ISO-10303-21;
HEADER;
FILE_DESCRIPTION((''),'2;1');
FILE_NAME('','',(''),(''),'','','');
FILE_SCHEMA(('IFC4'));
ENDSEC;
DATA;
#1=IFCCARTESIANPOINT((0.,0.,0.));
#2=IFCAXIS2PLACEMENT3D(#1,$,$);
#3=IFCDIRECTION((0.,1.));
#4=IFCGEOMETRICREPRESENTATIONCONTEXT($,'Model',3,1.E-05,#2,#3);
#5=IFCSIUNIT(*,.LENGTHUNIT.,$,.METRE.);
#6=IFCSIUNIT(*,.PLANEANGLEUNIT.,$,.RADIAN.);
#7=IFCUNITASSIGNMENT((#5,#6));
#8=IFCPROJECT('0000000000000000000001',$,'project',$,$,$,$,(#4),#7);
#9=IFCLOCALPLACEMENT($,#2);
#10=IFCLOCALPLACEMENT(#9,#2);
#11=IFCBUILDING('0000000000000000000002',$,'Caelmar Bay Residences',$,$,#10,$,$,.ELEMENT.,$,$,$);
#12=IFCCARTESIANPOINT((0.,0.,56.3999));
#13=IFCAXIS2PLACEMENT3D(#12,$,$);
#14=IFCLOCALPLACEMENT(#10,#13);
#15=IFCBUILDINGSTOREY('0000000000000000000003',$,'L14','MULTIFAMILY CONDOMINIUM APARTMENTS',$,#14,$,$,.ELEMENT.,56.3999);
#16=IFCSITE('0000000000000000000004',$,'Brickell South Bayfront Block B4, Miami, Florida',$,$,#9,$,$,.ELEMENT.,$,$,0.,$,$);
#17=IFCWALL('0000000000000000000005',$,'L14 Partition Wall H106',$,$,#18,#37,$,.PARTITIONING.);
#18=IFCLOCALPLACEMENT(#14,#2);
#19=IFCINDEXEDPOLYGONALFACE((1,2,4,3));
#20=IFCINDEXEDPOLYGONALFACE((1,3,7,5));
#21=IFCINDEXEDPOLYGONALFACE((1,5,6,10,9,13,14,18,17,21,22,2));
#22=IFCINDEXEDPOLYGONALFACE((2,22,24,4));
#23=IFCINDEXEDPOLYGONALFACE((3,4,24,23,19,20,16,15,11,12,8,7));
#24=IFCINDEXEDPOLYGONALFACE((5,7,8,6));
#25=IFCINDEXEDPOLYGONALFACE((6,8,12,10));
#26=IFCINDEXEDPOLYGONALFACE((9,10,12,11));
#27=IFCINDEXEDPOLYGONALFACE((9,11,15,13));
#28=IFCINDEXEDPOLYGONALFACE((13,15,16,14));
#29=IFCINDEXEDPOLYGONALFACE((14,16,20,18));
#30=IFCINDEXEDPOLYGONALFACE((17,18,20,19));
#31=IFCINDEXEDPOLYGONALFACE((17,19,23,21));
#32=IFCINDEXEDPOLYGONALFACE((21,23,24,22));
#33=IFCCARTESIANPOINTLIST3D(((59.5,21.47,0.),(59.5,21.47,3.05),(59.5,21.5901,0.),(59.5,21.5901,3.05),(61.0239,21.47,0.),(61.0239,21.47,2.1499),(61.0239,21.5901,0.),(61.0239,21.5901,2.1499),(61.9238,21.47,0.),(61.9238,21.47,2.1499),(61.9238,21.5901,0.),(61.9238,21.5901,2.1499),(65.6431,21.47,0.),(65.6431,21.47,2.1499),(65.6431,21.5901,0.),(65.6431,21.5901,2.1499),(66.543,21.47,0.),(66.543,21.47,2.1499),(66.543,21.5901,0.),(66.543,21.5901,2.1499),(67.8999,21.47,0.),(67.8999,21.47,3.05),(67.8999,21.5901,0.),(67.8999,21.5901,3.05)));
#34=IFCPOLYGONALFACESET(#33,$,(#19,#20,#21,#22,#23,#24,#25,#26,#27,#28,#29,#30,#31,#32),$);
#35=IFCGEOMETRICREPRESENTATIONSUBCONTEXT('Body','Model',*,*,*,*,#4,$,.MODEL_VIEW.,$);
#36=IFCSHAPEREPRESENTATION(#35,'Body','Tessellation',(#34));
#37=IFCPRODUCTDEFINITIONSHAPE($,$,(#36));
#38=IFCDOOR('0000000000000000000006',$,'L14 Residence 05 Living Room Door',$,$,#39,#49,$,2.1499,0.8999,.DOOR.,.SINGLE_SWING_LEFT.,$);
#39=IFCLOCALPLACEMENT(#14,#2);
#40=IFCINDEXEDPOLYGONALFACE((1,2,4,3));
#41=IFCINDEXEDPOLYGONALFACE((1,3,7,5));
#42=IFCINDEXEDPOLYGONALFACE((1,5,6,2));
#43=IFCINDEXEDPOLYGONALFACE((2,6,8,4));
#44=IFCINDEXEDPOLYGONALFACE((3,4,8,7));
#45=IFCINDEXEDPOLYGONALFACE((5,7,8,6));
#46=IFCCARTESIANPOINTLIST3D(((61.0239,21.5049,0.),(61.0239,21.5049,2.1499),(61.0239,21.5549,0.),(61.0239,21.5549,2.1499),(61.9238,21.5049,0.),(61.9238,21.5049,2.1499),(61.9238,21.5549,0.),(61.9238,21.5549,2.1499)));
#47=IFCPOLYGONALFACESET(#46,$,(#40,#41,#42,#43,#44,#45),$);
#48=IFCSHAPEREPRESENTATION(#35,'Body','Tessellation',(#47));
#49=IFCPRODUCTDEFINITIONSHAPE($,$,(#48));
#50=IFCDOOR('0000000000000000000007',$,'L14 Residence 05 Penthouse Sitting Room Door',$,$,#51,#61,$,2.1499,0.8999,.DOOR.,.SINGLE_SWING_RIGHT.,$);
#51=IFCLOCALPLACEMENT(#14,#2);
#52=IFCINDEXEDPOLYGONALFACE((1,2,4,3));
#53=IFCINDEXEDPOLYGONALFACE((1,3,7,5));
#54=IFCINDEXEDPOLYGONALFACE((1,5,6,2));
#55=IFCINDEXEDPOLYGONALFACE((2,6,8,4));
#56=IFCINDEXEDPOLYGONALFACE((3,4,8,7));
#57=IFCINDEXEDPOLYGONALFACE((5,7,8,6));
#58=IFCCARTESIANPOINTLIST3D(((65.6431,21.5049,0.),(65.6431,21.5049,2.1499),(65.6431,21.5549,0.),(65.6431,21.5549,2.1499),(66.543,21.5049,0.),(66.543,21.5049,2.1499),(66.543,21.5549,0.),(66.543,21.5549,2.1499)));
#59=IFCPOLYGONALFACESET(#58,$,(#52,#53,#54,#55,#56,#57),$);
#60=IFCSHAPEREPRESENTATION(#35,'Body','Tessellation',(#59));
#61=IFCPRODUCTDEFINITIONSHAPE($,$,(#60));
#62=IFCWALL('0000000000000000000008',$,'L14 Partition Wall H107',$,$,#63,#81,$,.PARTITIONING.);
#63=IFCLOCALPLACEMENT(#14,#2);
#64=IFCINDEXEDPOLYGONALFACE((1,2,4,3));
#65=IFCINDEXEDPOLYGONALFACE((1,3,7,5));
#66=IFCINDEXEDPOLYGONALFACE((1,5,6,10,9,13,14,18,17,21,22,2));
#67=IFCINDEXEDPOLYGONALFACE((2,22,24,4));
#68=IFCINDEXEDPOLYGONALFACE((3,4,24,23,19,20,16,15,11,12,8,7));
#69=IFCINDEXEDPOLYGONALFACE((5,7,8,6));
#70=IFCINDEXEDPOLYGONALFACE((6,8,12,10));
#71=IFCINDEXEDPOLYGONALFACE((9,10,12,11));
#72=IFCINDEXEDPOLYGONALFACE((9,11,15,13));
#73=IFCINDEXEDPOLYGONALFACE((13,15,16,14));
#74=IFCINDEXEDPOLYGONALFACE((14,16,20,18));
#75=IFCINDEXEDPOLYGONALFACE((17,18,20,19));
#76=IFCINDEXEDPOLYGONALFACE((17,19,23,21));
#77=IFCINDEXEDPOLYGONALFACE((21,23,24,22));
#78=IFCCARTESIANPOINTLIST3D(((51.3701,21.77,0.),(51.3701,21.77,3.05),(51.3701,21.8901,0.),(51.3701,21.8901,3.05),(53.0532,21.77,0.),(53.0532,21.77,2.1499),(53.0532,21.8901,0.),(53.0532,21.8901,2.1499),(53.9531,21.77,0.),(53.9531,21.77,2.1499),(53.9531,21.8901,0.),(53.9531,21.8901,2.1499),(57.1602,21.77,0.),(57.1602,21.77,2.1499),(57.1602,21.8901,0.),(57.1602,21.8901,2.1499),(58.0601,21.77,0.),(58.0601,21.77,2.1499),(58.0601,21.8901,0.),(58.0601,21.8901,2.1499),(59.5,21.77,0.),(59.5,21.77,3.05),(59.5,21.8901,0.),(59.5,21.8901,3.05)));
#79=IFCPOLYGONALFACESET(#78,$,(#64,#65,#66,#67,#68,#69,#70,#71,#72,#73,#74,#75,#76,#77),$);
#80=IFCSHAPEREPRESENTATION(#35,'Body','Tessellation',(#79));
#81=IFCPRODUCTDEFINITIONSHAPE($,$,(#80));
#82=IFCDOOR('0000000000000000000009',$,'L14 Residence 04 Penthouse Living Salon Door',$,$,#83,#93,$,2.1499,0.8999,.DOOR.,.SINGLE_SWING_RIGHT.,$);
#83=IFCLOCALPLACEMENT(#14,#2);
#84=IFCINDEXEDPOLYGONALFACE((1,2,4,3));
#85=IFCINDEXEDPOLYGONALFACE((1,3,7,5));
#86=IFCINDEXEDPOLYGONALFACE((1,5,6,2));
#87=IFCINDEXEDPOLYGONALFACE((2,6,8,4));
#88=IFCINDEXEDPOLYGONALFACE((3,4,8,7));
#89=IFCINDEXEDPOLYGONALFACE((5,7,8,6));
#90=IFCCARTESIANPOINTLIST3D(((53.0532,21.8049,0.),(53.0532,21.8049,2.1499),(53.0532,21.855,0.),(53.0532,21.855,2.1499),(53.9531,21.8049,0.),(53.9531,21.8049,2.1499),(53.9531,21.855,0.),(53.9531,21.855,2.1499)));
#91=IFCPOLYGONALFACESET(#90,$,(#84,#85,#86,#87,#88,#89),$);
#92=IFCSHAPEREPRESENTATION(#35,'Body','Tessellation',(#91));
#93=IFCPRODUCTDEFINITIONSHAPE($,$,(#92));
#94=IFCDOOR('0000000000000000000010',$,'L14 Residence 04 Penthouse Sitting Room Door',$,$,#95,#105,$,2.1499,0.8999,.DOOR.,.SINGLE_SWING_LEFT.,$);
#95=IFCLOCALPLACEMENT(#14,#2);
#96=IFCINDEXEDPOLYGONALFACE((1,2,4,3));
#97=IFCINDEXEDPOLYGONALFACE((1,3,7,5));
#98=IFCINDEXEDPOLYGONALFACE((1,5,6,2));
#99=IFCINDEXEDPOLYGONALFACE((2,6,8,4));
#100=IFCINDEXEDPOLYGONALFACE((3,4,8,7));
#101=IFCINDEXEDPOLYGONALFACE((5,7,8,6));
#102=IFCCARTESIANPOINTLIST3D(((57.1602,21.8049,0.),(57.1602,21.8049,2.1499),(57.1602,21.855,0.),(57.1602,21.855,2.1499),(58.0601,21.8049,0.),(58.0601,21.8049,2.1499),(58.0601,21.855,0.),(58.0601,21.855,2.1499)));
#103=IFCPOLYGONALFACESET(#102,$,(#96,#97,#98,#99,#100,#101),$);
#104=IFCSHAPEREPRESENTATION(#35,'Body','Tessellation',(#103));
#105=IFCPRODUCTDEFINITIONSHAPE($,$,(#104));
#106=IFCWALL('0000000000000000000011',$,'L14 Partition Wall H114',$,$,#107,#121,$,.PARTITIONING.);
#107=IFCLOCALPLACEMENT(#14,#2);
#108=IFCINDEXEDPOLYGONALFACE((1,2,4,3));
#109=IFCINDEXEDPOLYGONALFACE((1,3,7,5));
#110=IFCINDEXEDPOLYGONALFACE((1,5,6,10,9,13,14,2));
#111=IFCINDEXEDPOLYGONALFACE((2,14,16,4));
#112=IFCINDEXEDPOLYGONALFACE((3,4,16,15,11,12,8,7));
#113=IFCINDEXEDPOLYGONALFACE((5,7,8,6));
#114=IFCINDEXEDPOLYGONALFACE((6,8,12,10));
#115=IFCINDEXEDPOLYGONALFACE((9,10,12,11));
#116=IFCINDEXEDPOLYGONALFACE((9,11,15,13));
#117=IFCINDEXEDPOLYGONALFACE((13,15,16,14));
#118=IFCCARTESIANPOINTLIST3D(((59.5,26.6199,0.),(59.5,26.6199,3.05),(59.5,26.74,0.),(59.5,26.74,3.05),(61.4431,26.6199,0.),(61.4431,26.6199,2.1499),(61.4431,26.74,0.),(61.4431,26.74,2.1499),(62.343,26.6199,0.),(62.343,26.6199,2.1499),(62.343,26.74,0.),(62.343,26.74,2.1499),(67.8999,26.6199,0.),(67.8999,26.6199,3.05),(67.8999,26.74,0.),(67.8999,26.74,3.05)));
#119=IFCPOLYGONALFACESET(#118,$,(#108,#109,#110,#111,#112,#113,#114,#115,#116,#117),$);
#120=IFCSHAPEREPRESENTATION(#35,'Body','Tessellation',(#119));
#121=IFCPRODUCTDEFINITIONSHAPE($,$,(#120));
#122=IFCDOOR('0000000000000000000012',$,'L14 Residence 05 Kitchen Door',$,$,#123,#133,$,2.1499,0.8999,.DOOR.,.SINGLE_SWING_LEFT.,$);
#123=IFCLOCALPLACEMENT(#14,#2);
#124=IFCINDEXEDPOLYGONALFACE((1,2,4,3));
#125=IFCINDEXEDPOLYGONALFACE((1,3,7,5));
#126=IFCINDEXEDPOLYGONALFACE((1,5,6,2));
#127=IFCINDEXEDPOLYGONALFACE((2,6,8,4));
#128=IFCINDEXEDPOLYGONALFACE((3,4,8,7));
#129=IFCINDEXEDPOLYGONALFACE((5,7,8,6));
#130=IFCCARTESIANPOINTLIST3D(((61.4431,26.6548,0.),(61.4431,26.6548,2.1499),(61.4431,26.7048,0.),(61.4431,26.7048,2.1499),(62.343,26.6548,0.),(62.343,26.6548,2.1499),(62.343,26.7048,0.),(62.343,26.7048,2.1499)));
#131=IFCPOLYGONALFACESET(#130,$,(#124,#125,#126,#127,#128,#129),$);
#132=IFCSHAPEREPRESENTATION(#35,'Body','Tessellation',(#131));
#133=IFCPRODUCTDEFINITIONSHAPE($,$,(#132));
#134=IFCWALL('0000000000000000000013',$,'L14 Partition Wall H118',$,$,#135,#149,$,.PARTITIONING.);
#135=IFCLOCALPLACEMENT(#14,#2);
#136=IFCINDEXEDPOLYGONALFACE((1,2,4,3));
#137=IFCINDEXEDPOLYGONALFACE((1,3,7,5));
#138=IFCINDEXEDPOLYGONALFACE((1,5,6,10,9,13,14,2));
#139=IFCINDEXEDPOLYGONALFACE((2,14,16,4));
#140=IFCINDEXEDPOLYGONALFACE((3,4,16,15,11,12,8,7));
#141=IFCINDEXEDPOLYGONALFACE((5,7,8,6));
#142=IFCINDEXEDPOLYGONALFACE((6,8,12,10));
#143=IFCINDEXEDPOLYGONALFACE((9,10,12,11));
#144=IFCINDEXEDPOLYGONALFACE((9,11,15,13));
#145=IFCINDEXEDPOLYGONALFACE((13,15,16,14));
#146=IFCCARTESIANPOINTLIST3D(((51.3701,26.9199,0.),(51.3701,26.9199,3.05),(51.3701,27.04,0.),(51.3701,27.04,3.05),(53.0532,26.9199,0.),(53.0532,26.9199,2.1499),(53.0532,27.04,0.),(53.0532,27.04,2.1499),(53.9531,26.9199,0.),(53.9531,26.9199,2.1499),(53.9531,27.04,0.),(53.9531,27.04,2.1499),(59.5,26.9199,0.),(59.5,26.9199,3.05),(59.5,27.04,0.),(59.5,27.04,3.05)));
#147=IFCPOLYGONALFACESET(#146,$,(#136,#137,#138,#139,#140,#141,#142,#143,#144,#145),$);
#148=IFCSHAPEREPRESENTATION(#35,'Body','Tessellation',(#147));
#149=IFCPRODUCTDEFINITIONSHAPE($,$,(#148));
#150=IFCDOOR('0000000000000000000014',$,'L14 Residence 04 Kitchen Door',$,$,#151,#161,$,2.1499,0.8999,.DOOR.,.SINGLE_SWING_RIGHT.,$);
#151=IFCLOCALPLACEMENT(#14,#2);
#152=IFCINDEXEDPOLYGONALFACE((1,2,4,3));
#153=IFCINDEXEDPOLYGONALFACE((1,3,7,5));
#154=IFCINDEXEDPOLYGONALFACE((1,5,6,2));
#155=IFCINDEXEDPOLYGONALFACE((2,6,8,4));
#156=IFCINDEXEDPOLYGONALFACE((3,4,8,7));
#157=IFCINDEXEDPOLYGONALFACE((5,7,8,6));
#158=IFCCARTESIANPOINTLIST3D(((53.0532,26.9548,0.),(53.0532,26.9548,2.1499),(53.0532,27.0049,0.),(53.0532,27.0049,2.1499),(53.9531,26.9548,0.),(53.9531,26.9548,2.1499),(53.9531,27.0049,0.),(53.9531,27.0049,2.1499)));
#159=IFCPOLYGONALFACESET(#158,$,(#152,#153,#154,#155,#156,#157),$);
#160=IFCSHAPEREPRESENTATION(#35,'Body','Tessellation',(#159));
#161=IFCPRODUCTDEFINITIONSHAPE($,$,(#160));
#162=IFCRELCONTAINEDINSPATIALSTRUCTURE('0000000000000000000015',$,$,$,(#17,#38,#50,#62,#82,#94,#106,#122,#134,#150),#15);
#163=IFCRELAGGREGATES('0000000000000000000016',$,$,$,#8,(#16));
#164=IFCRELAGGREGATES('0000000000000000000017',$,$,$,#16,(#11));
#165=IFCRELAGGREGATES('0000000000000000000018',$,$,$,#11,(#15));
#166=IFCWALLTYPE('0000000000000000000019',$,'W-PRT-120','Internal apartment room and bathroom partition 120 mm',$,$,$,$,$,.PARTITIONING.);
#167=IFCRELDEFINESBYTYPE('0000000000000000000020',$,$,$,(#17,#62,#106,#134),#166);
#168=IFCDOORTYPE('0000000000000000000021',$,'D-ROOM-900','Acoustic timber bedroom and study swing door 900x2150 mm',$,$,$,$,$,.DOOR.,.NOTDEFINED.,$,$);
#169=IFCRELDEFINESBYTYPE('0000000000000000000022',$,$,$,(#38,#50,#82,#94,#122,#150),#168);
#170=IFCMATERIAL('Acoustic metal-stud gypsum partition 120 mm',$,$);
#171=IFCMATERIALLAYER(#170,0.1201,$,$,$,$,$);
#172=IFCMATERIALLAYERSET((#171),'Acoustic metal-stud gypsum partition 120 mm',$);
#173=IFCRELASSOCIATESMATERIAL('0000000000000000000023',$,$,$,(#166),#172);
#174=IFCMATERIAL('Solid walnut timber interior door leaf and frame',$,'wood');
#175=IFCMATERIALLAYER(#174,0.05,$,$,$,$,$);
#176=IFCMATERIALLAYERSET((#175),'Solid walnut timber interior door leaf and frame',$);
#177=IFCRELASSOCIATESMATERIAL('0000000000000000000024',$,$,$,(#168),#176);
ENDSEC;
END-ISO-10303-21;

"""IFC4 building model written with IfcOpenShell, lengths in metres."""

from ifc_helpers import new_model, si_unit, direction, frame, frame_2d, origin, place, context, subcontext, project, spatial, rectangle, extrude, material, layer, layer_set, type_object, element, fill, save


model = new_model("IFC4")

# Units and contexts
model_context = context("Model", 3, precision=1e-05, world=origin(), true_north=direction((0.0, 1.0)))
body_context = subcontext(model_context, "Body", "Model", "MODEL_VIEW")
ifc_project = project(units=[si_unit("LENGTHUNIT", "METRE"), si_unit("PLANEANGLEUNIT", "RADIAN")], contexts=[model_context])

# Site, building, storey
site_placement = place(None, origin())
site = spatial("IfcSite", under=ifc_project, at=site_placement, Name="Brickell South Bayfront Block B4, Miami, Florida", CompositionType="ELEMENT", RefElevation=0.0)
building_placement = place(site_placement, origin())
building = spatial("IfcBuilding", under=site, at=building_placement, Name="Caelmar Bay Residences", CompositionType="ELEMENT")
storey_placement = place(building_placement, frame((0.0, 0.0, 56.3999)))
storey = spatial("IfcBuildingStorey", under=building, at=storey_placement, Name="L14", Description="MULTIFAMILY CONDOMINIUM APARTMENTS", CompositionType="ELEMENT", Elevation=56.3999)

# Shared definitions
ifc_material_1 = material(Name="Acoustic metal-stud gypsum partition 120 mm")
ifc_layer_1 = layer(ifc_material_1, 0.1201)
ifc_layer_set_1 = layer_set([ifc_layer_1], Name="Acoustic metal-stud gypsum partition 120 mm")
wall_type_1 = type_object("IfcWallType", Name="W-PRT-120", Description="Internal apartment room and bathroom partition 120 mm", PredefinedType="PARTITIONING", material=ifc_layer_set_1)

# Shared definitions
ifc_material_2 = material(Name="Solid walnut timber interior door leaf and frame", Category="wood")
ifc_layer_2 = layer(ifc_material_2, 0.05)
ifc_layer_set_2 = layer_set([ifc_layer_2], Name="Solid walnut timber interior door leaf and frame")
door_type_1 = type_object("IfcDoorType", Name="D-ROOM-900", Description="Acoustic timber bedroom and study swing door 900x2150 mm", OperationType="NOTDEFINED", PredefinedType="DOOR", material=ifc_layer_set_2)

# Walls, openings, doors
wall_1_placement = place(storey_placement, frame((59.5, 21.53, 0.0), z_axis=(0.0, 0.0, 1.0), x_axis=(1.0, 0.0, 0.0)))
wall_1 = element("IfcWall", 1, at=wall_1_placement, inside=storey, type_object=wall_type_1, Name="L14 Partition Wall H106", PredefinedType="PARTITIONING", context=body_context, shape_type="SweptSolid", body=[
    extrude(rectangle(XDim=8.3999, YDim=0.1201, at=frame_2d((4.2, 0.0))), origin(), (0.0, 0.0, 1.0), 3.05),
])
opening_1_placement = place(wall_1_placement, frame((1.5239, 0.0, 0.0)))
opening_1 = element("IfcOpeningElement", 2, at=opening_1_placement, cuts=wall_1, PredefinedType="OPENING", context=body_context, shape_type="SweptSolid", body=[
    extrude(rectangle(XDim=0.8999, YDim=2.1499, at=frame_2d((0.45, 1.075))), frame((0.0, 0.0701, 0.0), z_axis=(0.0, -1.0, 0.0), x_axis=(1.0, 0.0, 0.0)), (0.0, 0.0, 1.0), 0.1401),
])
opening_2_placement = place(wall_1_placement, frame((6.1431, 0.0, 0.0)))
opening_2 = element("IfcOpeningElement", 3, at=opening_2_placement, cuts=wall_1, PredefinedType="OPENING", context=body_context, shape_type="SweptSolid", body=[
    extrude(rectangle(XDim=0.8999, YDim=2.1499, at=frame_2d((0.45, 1.075))), frame((0.0, 0.0701, 0.0), z_axis=(0.0, -1.0, 0.0), x_axis=(1.0, 0.0, 0.0)), (0.0, 0.0, 1.0), 0.1401),
])
door_1_placement = place(opening_1_placement, origin())
door_1 = element("IfcDoor", 4, at=door_1_placement, inside=storey, type_object=door_type_1, Name="L14 Residence 05 Living Room Door", OperationType="SINGLE_SWING_LEFT", OverallHeight=2.1499, OverallWidth=0.8999, PredefinedType="DOOR", context=body_context, shape_type="SweptSolid", body=[
    extrude(rectangle(XDim=0.8999, YDim=2.1499, at=frame_2d((0.45, 1.075))), frame((0.0, 0.0249, 0.0), z_axis=(0.0, -1.0, 0.0), x_axis=(1.0, 0.0, 0.0)), (0.0, 0.0, 1.0), 0.05),
])
fill(opening_1, door_1)
door_2_placement = place(opening_2_placement, origin())
door_2 = element("IfcDoor", 5, at=door_2_placement, inside=storey, type_object=door_type_1, Name="L14 Residence 05 Penthouse Sitting Room Door", OperationType="SINGLE_SWING_RIGHT", OverallHeight=2.1499, OverallWidth=0.8999, PredefinedType="DOOR", context=body_context, shape_type="SweptSolid", body=[
    extrude(rectangle(XDim=0.8999, YDim=2.1499, at=frame_2d((0.45, 1.075))), frame((0.0, 0.0249, 0.0), z_axis=(0.0, -1.0, 0.0), x_axis=(1.0, 0.0, 0.0)), (0.0, 0.0, 1.0), 0.05),
])
fill(opening_2, door_2)
wall_2_placement = place(storey_placement, frame((51.3701, 21.8301, 0.0), z_axis=(0.0, 0.0, 1.0), x_axis=(1.0, 0.0, 0.0)))
wall_2 = element("IfcWall", 6, at=wall_2_placement, inside=storey, type_object=wall_type_1, Name="L14 Partition Wall H107", PredefinedType="PARTITIONING", context=body_context, shape_type="SweptSolid", body=[
    extrude(rectangle(XDim=8.1299, YDim=0.1201, at=frame_2d((4.0649, 0.0))), origin(), (0.0, 0.0, 1.0), 3.05),
])
opening_3_placement = place(wall_2_placement, frame((1.6831, 0.0, 0.0)))
opening_3 = element("IfcOpeningElement", 7, at=opening_3_placement, cuts=wall_2, PredefinedType="OPENING", context=body_context, shape_type="SweptSolid", body=[
    extrude(rectangle(XDim=0.8999, YDim=2.1499, at=frame_2d((0.45, 1.075))), frame((0.0, 0.0701, 0.0), z_axis=(0.0, -1.0, 0.0), x_axis=(1.0, 0.0, 0.0)), (0.0, 0.0, 1.0), 0.1401),
])
opening_4_placement = place(wall_2_placement, frame((5.79, 0.0, 0.0)))
opening_4 = element("IfcOpeningElement", 8, at=opening_4_placement, cuts=wall_2, PredefinedType="OPENING", context=body_context, shape_type="SweptSolid", body=[
    extrude(rectangle(XDim=0.8999, YDim=2.1499, at=frame_2d((0.45, 1.075))), frame((0.0, 0.0701, 0.0), z_axis=(0.0, -1.0, 0.0), x_axis=(1.0, 0.0, 0.0)), (0.0, 0.0, 1.0), 0.1401),
])
door_3_placement = place(opening_3_placement, origin())
door_3 = element("IfcDoor", 9, at=door_3_placement, inside=storey, type_object=door_type_1, Name="L14 Residence 04 Penthouse Living Salon Door", OperationType="SINGLE_SWING_RIGHT", OverallHeight=2.1499, OverallWidth=0.8999, PredefinedType="DOOR", context=body_context, shape_type="SweptSolid", body=[
    extrude(rectangle(XDim=0.8999, YDim=2.1499, at=frame_2d((0.45, 1.075))), frame((0.0, 0.0249, 0.0), z_axis=(0.0, -1.0, 0.0), x_axis=(1.0, 0.0, 0.0)), (0.0, 0.0, 1.0), 0.05),
])
fill(opening_3, door_3)
door_4_placement = place(opening_4_placement, origin())
door_4 = element("IfcDoor", 10, at=door_4_placement, inside=storey, type_object=door_type_1, Name="L14 Residence 04 Penthouse Sitting Room Door", OperationType="SINGLE_SWING_LEFT", OverallHeight=2.1499, OverallWidth=0.8999, PredefinedType="DOOR", context=body_context, shape_type="SweptSolid", body=[
    extrude(rectangle(XDim=0.8999, YDim=2.1499, at=frame_2d((0.45, 1.075))), frame((0.0, 0.0249, 0.0), z_axis=(0.0, -1.0, 0.0), x_axis=(1.0, 0.0, 0.0)), (0.0, 0.0, 1.0), 0.05),
])
fill(opening_4, door_4)

# Walls, openings, doors
wall_3_placement = place(storey_placement, frame((59.5, 26.6799, 0.0), z_axis=(0.0, 0.0, 1.0), x_axis=(1.0, 0.0, 0.0)))
wall_3 = element("IfcWall", 11, at=wall_3_placement, inside=storey, type_object=wall_type_1, Name="L14 Partition Wall H114", PredefinedType="PARTITIONING", context=body_context, shape_type="SweptSolid", body=[
    extrude(rectangle(XDim=8.3999, YDim=0.1201, at=frame_2d((4.2, 0.0))), origin(), (0.0, 0.0, 1.0), 3.05),
])
opening_5_placement = place(wall_3_placement, frame((1.9431, 0.0, 0.0)))
opening_5 = element("IfcOpeningElement", 12, at=opening_5_placement, cuts=wall_3, PredefinedType="OPENING", context=body_context, shape_type="SweptSolid", body=[
    extrude(rectangle(XDim=0.8999, YDim=2.1499, at=frame_2d((0.45, 1.075))), frame((0.0, 0.0701, 0.0), z_axis=(0.0, -1.0, 0.0), x_axis=(1.0, 0.0, 0.0)), (0.0, 0.0, 1.0), 0.1401),
])
door_5_placement = place(opening_5_placement, origin())
door_5 = element("IfcDoor", 13, at=door_5_placement, inside=storey, type_object=door_type_1, Name="L14 Residence 05 Kitchen Door", OperationType="SINGLE_SWING_LEFT", OverallHeight=2.1499, OverallWidth=0.8999, PredefinedType="DOOR", context=body_context, shape_type="SweptSolid", body=[
    extrude(rectangle(XDim=0.8999, YDim=2.1499, at=frame_2d((0.45, 1.075))), frame((0.0, 0.0249, 0.0), z_axis=(0.0, -1.0, 0.0), x_axis=(1.0, 0.0, 0.0)), (0.0, 0.0, 1.0), 0.05),
])
fill(opening_5, door_5)
wall_4_placement = place(storey_placement, frame((51.3701, 26.98, 0.0), z_axis=(0.0, 0.0, 1.0), x_axis=(1.0, 0.0, 0.0)))
wall_4 = element("IfcWall", 14, at=wall_4_placement, inside=storey, type_object=wall_type_1, Name="L14 Partition Wall H118", PredefinedType="PARTITIONING", context=body_context, shape_type="SweptSolid", body=[
    extrude(rectangle(XDim=8.1299, YDim=0.1201, at=frame_2d((4.0649, 0.0))), origin(), (0.0, 0.0, 1.0), 3.05),
])
opening_6_placement = place(wall_4_placement, frame((1.6831, 0.0, 0.0)))
opening_6 = element("IfcOpeningElement", 15, at=opening_6_placement, cuts=wall_4, PredefinedType="OPENING", context=body_context, shape_type="SweptSolid", body=[
    extrude(rectangle(XDim=0.8999, YDim=2.1499, at=frame_2d((0.45, 1.075))), frame((0.0, 0.0701, 0.0), z_axis=(0.0, -1.0, 0.0), x_axis=(1.0, 0.0, 0.0)), (0.0, 0.0, 1.0), 0.1401),
])
door_6_placement = place(opening_6_placement, origin())
door_6 = element("IfcDoor", 16, at=door_6_placement, inside=storey, type_object=door_type_1, Name="L14 Residence 04 Kitchen Door", OperationType="SINGLE_SWING_RIGHT", OverallHeight=2.1499, OverallWidth=0.8999, PredefinedType="DOOR", context=body_context, shape_type="SweptSolid", body=[
    extrude(rectangle(XDim=0.8999, YDim=2.1499, at=frame_2d((0.45, 1.075))), frame((0.0, 0.0249, 0.0), z_axis=(0.0, -1.0, 0.0), x_axis=(1.0, 0.0, 0.0)), (0.0, 0.0, 1.0), 0.05),
])
fill(opening_6, door_6)

save(model, "model.ifc")
